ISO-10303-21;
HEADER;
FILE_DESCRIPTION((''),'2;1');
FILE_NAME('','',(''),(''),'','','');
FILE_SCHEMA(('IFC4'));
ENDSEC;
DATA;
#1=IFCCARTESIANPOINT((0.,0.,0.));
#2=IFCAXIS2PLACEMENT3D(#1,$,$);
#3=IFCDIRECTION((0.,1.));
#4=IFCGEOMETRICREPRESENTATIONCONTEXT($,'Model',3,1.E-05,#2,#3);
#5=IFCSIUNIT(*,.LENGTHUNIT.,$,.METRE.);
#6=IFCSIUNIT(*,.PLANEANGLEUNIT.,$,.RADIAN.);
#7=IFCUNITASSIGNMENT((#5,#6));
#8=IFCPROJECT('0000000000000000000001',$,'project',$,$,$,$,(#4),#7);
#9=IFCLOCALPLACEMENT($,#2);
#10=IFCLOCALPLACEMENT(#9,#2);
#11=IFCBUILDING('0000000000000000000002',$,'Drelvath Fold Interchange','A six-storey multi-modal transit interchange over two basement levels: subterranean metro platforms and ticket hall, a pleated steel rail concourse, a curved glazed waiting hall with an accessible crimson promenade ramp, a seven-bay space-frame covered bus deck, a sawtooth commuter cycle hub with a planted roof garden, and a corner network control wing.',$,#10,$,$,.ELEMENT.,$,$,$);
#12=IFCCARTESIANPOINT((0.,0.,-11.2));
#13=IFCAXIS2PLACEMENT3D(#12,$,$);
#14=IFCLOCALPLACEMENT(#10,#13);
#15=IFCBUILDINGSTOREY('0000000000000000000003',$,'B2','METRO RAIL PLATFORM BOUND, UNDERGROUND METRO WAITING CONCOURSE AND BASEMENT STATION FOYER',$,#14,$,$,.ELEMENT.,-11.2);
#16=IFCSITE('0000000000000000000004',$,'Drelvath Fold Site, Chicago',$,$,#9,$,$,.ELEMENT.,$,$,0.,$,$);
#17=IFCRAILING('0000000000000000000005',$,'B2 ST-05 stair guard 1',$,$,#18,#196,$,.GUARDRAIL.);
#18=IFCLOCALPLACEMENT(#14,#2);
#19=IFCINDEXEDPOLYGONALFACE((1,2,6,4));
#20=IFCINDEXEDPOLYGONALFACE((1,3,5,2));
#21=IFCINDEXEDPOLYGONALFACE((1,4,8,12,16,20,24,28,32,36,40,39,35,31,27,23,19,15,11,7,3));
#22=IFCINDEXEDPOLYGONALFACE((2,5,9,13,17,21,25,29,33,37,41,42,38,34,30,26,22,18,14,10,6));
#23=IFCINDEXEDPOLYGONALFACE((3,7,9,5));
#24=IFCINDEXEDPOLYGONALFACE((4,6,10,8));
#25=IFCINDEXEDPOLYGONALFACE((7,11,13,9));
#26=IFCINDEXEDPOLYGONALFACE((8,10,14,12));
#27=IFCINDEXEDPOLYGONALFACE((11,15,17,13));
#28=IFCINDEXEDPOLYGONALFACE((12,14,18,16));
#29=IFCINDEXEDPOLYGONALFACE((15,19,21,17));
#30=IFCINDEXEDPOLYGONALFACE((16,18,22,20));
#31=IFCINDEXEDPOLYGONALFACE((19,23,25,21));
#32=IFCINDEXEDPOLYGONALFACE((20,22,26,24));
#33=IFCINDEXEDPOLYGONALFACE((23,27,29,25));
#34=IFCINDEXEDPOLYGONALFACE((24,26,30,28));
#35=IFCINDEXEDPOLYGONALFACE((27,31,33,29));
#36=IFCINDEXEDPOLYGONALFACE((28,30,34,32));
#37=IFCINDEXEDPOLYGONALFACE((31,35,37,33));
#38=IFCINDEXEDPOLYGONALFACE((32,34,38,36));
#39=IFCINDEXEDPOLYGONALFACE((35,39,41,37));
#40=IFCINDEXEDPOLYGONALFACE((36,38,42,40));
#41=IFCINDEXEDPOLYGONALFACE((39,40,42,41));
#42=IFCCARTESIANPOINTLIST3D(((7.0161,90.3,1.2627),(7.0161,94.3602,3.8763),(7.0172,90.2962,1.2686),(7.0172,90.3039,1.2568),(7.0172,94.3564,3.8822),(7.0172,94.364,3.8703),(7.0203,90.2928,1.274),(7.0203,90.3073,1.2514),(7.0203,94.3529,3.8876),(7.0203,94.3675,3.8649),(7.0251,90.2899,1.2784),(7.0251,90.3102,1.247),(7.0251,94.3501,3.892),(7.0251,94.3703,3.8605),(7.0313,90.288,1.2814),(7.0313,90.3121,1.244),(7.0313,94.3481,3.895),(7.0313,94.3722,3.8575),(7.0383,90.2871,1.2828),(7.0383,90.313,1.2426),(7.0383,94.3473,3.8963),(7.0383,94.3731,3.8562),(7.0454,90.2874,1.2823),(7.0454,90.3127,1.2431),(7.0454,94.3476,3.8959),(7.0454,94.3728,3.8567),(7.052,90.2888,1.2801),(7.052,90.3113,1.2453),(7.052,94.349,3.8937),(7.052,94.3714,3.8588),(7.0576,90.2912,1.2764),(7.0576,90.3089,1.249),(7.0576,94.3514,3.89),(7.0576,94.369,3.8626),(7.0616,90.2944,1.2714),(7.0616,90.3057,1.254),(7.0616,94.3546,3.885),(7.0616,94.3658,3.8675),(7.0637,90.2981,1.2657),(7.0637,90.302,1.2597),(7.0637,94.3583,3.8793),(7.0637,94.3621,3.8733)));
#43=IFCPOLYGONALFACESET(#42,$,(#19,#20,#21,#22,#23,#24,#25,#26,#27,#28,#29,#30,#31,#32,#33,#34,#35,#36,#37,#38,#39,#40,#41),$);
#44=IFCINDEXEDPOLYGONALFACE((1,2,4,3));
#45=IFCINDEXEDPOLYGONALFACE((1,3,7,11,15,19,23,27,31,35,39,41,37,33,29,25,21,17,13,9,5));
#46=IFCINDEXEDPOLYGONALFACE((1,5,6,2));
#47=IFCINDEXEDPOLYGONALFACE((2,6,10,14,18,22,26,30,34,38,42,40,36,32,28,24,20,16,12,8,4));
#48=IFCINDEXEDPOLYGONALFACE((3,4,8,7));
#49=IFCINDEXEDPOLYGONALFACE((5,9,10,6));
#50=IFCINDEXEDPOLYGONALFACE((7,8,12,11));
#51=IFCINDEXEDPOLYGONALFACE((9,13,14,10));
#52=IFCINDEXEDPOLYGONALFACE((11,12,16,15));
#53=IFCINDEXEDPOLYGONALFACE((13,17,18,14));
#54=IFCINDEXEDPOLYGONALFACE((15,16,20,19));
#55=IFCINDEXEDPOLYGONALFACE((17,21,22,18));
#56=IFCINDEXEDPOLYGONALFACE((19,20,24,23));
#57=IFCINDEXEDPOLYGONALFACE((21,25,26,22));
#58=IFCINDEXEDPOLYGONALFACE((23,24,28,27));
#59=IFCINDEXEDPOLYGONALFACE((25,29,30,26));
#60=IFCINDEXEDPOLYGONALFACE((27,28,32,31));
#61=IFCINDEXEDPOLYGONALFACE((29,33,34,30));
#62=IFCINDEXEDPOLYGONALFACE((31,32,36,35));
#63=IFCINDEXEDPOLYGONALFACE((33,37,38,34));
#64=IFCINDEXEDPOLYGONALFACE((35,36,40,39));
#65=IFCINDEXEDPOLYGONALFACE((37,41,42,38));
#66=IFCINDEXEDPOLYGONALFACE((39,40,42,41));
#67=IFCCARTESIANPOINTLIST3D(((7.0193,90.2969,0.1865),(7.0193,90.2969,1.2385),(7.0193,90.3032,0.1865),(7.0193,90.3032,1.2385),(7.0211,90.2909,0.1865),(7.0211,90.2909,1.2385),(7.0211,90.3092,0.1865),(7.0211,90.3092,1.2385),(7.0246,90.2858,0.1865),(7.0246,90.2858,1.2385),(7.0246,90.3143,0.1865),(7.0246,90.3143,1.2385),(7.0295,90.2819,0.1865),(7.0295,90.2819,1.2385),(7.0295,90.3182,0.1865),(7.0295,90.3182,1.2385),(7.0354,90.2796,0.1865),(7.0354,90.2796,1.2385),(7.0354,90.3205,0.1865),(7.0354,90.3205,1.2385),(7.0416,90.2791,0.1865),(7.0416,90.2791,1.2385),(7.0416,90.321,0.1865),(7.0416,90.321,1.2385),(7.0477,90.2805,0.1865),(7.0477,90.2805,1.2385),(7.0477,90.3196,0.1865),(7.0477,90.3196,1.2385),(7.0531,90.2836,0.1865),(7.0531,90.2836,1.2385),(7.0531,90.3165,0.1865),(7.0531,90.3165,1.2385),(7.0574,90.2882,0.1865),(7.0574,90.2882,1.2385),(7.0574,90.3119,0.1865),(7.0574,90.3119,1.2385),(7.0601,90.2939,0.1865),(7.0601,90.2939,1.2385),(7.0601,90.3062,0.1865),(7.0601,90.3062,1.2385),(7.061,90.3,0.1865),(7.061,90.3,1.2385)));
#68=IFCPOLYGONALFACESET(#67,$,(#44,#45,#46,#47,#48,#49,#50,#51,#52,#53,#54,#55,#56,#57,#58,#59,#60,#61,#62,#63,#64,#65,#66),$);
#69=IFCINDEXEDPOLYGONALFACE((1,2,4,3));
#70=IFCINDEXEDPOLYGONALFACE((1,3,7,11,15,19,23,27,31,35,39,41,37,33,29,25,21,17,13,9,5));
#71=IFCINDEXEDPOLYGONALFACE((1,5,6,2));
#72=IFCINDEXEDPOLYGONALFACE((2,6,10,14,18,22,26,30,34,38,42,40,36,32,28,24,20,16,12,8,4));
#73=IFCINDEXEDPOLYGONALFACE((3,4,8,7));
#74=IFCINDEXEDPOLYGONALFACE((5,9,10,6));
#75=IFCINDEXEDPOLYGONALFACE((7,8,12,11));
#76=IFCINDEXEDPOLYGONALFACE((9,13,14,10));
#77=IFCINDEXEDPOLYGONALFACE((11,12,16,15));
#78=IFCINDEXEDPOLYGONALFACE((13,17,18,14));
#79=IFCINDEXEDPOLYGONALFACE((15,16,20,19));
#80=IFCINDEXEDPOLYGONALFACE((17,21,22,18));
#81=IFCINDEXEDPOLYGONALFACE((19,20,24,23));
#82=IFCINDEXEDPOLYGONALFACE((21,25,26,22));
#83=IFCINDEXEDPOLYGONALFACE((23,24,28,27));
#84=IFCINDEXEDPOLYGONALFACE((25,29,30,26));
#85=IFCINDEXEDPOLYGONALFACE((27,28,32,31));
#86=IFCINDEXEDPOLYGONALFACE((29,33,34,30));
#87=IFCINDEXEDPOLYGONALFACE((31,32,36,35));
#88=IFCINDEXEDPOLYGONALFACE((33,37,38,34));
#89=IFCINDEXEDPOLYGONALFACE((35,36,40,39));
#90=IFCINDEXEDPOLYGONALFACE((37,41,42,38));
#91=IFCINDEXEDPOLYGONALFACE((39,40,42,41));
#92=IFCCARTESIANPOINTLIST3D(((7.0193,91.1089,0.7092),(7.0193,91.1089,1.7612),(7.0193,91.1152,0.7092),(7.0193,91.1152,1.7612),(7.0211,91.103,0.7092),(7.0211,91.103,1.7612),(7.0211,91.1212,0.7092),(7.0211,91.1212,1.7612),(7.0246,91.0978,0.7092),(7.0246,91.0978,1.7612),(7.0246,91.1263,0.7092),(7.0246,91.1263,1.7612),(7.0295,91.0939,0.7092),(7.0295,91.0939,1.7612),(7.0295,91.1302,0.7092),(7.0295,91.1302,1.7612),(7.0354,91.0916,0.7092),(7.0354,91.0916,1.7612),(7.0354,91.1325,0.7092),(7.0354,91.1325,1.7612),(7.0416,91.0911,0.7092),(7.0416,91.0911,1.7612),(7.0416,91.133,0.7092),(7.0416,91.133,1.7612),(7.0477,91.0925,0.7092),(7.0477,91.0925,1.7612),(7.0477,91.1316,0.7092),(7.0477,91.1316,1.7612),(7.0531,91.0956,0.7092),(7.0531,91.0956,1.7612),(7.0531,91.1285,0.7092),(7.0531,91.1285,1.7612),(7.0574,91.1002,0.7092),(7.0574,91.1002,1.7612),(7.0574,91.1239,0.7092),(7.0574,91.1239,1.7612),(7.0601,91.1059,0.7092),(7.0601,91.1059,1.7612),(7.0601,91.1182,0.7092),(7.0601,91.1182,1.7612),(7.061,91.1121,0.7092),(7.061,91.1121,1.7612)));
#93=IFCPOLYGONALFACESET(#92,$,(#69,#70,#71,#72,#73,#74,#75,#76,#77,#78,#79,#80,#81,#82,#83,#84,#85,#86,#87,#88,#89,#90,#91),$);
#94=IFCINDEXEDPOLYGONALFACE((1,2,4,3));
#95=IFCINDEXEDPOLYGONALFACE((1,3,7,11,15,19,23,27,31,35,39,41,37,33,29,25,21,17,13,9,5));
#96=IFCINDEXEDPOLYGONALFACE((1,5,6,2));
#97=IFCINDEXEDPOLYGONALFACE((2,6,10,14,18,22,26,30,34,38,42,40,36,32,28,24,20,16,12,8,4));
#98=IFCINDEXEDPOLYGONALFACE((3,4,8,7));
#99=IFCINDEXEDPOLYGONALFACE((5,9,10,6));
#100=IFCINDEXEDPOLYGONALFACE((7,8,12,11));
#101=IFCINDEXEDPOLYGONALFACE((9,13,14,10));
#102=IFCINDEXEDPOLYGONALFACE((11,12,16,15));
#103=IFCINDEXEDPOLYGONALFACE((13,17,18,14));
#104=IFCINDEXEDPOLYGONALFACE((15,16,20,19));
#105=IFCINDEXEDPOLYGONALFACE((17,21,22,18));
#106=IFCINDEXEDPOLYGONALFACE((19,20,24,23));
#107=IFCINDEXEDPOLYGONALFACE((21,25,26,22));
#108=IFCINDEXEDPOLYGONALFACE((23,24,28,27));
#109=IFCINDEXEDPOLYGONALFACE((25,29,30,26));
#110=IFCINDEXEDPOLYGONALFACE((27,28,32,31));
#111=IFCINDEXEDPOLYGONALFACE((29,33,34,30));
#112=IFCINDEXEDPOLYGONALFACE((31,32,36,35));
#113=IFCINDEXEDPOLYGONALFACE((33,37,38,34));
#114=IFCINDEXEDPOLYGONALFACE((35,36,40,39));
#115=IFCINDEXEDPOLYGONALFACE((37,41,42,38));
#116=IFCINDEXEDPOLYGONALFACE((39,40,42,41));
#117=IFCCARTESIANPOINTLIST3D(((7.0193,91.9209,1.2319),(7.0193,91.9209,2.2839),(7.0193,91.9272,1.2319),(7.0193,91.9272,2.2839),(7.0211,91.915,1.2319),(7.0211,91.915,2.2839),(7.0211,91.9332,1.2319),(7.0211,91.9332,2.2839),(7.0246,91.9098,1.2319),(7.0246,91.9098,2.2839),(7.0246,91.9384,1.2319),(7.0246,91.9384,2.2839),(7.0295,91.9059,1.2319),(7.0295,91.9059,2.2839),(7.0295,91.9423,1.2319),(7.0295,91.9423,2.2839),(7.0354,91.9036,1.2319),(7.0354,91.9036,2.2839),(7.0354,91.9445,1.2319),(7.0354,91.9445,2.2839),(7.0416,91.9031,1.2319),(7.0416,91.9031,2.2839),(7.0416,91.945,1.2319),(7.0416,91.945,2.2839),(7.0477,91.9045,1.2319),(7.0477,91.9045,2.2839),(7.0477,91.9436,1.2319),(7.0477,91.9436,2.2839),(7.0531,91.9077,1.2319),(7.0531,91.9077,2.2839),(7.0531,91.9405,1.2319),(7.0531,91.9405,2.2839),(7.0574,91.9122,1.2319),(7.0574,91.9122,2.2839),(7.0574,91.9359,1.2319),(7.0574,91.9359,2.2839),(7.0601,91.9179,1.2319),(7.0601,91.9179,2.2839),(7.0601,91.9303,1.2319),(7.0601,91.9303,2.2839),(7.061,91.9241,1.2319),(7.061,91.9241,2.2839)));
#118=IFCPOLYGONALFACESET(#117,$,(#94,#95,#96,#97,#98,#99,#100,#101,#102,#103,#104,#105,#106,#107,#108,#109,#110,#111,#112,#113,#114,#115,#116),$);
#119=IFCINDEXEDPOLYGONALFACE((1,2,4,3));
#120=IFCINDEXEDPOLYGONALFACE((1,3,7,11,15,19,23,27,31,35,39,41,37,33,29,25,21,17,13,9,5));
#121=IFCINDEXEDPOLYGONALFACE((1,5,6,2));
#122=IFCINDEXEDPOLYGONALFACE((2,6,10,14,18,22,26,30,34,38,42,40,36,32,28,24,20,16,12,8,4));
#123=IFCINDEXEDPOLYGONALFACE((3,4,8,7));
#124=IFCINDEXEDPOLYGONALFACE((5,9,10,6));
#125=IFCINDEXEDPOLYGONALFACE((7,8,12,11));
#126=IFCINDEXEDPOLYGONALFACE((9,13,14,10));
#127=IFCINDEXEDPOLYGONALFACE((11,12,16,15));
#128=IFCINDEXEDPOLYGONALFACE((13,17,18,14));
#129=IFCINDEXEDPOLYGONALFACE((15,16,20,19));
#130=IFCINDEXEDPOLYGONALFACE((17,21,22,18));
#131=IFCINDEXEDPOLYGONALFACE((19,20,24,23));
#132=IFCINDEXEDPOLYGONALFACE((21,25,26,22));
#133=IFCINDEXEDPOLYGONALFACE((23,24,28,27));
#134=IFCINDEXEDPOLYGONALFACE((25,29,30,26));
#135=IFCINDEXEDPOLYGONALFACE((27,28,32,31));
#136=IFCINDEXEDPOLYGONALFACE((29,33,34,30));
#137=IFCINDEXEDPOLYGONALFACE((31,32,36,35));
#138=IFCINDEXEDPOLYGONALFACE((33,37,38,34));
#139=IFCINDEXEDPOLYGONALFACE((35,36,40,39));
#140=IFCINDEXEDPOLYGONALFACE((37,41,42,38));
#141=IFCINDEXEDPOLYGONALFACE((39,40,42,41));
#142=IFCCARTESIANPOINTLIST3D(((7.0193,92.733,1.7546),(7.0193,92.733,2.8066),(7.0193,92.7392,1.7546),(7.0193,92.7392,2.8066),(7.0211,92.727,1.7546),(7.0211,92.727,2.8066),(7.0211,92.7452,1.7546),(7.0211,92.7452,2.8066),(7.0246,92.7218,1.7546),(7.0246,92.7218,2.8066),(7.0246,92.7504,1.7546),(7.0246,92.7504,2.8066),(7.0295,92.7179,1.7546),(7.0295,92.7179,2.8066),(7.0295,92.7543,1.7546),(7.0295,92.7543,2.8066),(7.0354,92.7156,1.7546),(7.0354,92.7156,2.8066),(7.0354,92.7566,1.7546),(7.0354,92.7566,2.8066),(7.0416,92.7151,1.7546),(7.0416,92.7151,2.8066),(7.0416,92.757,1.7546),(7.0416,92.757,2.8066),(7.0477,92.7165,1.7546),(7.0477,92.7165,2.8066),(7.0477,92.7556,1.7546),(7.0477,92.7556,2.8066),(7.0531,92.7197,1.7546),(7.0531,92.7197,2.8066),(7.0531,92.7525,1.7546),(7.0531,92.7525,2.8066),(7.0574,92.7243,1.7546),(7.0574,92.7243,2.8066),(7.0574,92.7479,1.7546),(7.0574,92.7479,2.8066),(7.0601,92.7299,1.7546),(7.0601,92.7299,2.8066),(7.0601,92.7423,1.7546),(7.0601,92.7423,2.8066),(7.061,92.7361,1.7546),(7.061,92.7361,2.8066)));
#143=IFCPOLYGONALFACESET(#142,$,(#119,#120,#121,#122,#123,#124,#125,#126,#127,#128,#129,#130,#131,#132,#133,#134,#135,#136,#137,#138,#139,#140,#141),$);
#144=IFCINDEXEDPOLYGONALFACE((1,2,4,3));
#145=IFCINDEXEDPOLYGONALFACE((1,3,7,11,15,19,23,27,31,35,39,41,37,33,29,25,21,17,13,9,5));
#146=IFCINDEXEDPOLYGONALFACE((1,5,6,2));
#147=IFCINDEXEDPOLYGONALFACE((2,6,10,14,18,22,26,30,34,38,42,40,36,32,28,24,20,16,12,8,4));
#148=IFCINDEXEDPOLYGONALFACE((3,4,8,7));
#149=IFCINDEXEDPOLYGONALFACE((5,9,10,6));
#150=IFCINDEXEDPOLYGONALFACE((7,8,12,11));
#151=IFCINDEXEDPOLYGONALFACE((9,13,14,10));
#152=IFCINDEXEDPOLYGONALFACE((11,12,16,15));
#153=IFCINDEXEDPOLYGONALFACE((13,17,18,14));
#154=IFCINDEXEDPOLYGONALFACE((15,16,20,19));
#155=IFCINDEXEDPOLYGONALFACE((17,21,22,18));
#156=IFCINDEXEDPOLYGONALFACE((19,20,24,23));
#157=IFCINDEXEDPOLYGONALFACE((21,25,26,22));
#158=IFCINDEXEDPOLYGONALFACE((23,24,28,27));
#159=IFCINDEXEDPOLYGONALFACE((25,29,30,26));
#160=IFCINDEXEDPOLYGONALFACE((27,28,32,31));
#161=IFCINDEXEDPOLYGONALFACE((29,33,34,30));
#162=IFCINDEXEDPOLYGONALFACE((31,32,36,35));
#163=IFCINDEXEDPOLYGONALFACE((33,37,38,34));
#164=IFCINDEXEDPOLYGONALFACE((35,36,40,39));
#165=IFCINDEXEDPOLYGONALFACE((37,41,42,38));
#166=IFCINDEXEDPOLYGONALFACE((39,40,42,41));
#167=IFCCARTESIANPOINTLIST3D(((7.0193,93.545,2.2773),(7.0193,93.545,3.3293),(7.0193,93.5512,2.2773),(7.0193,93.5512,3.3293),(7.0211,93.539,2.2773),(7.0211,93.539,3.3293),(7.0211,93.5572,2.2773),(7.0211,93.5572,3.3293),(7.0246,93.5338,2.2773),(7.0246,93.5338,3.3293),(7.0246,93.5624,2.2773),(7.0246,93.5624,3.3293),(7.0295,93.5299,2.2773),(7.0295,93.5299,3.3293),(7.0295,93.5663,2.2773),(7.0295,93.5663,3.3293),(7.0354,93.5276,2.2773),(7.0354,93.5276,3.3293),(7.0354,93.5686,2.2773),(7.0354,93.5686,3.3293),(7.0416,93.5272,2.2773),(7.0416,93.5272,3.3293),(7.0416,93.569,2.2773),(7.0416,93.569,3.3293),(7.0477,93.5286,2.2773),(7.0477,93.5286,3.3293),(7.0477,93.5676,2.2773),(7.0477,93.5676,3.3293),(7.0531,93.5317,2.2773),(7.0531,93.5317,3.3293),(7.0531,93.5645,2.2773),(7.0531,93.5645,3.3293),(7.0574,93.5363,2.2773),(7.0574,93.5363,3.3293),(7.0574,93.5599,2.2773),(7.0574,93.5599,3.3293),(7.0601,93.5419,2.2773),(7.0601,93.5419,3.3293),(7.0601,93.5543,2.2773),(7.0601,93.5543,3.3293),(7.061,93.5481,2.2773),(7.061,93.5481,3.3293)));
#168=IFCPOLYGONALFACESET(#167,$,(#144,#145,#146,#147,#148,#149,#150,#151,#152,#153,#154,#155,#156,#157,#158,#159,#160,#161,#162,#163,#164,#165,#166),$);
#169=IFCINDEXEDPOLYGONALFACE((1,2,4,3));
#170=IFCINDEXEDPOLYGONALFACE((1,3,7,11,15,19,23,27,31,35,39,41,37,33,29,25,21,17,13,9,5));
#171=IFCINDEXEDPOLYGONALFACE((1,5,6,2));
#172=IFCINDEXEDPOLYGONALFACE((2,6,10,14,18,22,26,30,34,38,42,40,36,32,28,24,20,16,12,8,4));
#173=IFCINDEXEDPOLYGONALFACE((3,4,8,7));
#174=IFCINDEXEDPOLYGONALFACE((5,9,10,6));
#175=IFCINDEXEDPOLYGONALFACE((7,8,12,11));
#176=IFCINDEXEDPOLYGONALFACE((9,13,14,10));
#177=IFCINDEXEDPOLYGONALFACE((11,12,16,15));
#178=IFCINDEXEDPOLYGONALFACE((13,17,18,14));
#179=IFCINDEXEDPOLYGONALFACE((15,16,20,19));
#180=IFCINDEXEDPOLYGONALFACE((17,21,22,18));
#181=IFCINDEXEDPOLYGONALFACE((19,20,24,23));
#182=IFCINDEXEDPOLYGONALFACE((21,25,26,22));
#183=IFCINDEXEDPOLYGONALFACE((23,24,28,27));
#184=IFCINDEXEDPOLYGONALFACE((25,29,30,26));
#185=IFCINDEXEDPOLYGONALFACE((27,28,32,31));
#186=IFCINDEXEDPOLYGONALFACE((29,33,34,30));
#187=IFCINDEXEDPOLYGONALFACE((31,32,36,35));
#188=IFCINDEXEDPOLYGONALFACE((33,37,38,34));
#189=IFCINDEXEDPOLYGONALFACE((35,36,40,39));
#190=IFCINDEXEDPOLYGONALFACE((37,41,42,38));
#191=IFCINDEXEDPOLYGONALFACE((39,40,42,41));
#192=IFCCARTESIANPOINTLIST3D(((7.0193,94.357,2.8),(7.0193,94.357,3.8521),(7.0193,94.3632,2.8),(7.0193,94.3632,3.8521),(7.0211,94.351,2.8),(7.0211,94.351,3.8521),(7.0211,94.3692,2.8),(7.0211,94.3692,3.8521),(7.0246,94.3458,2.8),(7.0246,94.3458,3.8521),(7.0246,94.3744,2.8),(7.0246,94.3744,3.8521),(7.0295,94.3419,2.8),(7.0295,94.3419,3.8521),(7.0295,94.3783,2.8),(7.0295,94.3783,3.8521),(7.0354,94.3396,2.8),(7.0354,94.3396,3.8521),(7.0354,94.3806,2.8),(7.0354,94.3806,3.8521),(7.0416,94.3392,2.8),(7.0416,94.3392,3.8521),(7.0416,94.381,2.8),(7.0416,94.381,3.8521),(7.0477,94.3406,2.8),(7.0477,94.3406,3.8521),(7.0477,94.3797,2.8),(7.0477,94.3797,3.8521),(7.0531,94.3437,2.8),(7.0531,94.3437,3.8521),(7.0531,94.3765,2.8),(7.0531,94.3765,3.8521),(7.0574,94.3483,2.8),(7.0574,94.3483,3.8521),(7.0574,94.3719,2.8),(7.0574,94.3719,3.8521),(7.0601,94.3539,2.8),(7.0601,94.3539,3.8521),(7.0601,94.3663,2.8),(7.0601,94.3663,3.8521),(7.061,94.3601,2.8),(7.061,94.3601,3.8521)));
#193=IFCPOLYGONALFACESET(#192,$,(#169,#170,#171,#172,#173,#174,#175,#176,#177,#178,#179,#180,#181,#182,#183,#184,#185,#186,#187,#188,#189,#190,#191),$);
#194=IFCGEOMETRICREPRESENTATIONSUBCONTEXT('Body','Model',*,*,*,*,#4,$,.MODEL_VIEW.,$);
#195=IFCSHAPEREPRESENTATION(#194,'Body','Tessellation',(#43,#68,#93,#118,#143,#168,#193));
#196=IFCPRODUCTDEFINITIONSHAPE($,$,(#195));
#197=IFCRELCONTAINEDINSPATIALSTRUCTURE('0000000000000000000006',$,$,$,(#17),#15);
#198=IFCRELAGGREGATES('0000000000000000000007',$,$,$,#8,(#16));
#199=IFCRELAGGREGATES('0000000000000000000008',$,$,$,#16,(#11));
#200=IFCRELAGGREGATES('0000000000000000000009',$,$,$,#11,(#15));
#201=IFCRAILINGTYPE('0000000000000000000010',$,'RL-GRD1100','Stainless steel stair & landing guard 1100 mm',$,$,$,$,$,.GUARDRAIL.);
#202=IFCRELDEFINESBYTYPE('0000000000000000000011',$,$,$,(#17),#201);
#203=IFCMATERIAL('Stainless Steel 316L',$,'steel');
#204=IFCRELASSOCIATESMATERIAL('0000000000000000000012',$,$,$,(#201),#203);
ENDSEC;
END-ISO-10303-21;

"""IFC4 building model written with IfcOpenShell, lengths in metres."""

from ifc_helpers import new_model, si_unit, direction, frame, origin, origin_2d, place, context, subcontext, project, spatial, circle, extrude, material, type_object, element, save


model = new_model("IFC4")

# Units and contexts
model_context = context("Model", 3, precision=1e-05, world=origin(), true_north=direction((0.0, 1.0)))
body_context = subcontext(model_context, "Body", "Model", "MODEL_VIEW")
ifc_project = project(units=[si_unit("LENGTHUNIT", "METRE"), si_unit("PLANEANGLEUNIT", "RADIAN")], contexts=[model_context])

# Site, building, storey
site_placement = place(None, origin())
site = spatial("IfcSite", under=ifc_project, at=site_placement, Name="Drelvath Fold Site, Chicago", CompositionType="ELEMENT", RefElevation=0.0)
building_placement = place(site_placement, origin())
building = spatial("IfcBuilding", under=site, at=building_placement, Name="Drelvath Fold Interchange", Description="A six-storey multi-modal transit interchange over two basement levels: subterranean metro platforms and ticket hall, a pleated steel rail concourse, a curved glazed waiting hall with an accessible crimson promenade ramp, a seven-bay space-frame covered bus deck, a sawtooth commuter cycle hub with a planted roof garden, and a corner network control wing.", CompositionType="ELEMENT")
storey_placement = place(building_placement, frame((0.0, 0.0, -11.2)))
storey = spatial("IfcBuildingStorey", under=building, at=storey_placement, Name="B2", Description="METRO RAIL PLATFORM BOUND, UNDERGROUND METRO WAITING CONCOURSE AND BASEMENT STATION FOYER", CompositionType="ELEMENT", Elevation=-11.2)

# Railing
ifc_material_1 = material(Name="Stainless Steel 316L", Category="steel")
railing_type_1 = type_object("IfcRailingType", Name="RL-GRD1100", Description="Stainless steel stair & landing guard 1100 mm", PredefinedType="GUARDRAIL", material=ifc_material_1)
railing_1_placement = place(storey_placement, frame((7.04, 90.3, 0.1865)))
element("IfcRailing", 1, at=railing_1_placement, inside=storey, type_object=railing_type_1, Name="B2 ST-05 stair guard 1", PredefinedType="GUARDRAIL", context=body_context, shape_type="SweptSolid", body=[
    extrude(circle(Radius=0.0239, at=origin_2d()), frame((0.0, 0.0, 1.0762), z_axis=(0.0, 0.84085, 0.541269), x_axis=(-1.0, 0.0, 0.0)), (0.0, 0.0, 1.0), 4.8286),
    extrude(circle(Radius=0.021, at=origin_2d()), origin(), (0.0, 0.0, 1.0), 1.052),
    extrude(circle(Radius=0.021, at=origin_2d()), frame((0.0, 0.812, 0.5227)), (0.0, 0.0, 1.0), 1.052),
    extrude(circle(Radius=0.021, at=origin_2d()), frame((0.0, 1.624, 1.0454)), (0.0, 0.0, 1.0), 1.052),
    extrude(circle(Radius=0.021, at=origin_2d()), frame((0.0, 2.436, 1.5681)), (0.0, 0.0, 1.0), 1.052),
    extrude(circle(Radius=0.021, at=origin_2d()), frame((0.0, 3.248, 2.0908)), (0.0, 0.0, 1.0), 1.052),
    extrude(circle(Radius=0.021, at=origin_2d()), frame((0.0, 4.0601, 2.6135)), (0.0, 0.0, 1.0), 1.052),
])

save(model, "model.ifc")
